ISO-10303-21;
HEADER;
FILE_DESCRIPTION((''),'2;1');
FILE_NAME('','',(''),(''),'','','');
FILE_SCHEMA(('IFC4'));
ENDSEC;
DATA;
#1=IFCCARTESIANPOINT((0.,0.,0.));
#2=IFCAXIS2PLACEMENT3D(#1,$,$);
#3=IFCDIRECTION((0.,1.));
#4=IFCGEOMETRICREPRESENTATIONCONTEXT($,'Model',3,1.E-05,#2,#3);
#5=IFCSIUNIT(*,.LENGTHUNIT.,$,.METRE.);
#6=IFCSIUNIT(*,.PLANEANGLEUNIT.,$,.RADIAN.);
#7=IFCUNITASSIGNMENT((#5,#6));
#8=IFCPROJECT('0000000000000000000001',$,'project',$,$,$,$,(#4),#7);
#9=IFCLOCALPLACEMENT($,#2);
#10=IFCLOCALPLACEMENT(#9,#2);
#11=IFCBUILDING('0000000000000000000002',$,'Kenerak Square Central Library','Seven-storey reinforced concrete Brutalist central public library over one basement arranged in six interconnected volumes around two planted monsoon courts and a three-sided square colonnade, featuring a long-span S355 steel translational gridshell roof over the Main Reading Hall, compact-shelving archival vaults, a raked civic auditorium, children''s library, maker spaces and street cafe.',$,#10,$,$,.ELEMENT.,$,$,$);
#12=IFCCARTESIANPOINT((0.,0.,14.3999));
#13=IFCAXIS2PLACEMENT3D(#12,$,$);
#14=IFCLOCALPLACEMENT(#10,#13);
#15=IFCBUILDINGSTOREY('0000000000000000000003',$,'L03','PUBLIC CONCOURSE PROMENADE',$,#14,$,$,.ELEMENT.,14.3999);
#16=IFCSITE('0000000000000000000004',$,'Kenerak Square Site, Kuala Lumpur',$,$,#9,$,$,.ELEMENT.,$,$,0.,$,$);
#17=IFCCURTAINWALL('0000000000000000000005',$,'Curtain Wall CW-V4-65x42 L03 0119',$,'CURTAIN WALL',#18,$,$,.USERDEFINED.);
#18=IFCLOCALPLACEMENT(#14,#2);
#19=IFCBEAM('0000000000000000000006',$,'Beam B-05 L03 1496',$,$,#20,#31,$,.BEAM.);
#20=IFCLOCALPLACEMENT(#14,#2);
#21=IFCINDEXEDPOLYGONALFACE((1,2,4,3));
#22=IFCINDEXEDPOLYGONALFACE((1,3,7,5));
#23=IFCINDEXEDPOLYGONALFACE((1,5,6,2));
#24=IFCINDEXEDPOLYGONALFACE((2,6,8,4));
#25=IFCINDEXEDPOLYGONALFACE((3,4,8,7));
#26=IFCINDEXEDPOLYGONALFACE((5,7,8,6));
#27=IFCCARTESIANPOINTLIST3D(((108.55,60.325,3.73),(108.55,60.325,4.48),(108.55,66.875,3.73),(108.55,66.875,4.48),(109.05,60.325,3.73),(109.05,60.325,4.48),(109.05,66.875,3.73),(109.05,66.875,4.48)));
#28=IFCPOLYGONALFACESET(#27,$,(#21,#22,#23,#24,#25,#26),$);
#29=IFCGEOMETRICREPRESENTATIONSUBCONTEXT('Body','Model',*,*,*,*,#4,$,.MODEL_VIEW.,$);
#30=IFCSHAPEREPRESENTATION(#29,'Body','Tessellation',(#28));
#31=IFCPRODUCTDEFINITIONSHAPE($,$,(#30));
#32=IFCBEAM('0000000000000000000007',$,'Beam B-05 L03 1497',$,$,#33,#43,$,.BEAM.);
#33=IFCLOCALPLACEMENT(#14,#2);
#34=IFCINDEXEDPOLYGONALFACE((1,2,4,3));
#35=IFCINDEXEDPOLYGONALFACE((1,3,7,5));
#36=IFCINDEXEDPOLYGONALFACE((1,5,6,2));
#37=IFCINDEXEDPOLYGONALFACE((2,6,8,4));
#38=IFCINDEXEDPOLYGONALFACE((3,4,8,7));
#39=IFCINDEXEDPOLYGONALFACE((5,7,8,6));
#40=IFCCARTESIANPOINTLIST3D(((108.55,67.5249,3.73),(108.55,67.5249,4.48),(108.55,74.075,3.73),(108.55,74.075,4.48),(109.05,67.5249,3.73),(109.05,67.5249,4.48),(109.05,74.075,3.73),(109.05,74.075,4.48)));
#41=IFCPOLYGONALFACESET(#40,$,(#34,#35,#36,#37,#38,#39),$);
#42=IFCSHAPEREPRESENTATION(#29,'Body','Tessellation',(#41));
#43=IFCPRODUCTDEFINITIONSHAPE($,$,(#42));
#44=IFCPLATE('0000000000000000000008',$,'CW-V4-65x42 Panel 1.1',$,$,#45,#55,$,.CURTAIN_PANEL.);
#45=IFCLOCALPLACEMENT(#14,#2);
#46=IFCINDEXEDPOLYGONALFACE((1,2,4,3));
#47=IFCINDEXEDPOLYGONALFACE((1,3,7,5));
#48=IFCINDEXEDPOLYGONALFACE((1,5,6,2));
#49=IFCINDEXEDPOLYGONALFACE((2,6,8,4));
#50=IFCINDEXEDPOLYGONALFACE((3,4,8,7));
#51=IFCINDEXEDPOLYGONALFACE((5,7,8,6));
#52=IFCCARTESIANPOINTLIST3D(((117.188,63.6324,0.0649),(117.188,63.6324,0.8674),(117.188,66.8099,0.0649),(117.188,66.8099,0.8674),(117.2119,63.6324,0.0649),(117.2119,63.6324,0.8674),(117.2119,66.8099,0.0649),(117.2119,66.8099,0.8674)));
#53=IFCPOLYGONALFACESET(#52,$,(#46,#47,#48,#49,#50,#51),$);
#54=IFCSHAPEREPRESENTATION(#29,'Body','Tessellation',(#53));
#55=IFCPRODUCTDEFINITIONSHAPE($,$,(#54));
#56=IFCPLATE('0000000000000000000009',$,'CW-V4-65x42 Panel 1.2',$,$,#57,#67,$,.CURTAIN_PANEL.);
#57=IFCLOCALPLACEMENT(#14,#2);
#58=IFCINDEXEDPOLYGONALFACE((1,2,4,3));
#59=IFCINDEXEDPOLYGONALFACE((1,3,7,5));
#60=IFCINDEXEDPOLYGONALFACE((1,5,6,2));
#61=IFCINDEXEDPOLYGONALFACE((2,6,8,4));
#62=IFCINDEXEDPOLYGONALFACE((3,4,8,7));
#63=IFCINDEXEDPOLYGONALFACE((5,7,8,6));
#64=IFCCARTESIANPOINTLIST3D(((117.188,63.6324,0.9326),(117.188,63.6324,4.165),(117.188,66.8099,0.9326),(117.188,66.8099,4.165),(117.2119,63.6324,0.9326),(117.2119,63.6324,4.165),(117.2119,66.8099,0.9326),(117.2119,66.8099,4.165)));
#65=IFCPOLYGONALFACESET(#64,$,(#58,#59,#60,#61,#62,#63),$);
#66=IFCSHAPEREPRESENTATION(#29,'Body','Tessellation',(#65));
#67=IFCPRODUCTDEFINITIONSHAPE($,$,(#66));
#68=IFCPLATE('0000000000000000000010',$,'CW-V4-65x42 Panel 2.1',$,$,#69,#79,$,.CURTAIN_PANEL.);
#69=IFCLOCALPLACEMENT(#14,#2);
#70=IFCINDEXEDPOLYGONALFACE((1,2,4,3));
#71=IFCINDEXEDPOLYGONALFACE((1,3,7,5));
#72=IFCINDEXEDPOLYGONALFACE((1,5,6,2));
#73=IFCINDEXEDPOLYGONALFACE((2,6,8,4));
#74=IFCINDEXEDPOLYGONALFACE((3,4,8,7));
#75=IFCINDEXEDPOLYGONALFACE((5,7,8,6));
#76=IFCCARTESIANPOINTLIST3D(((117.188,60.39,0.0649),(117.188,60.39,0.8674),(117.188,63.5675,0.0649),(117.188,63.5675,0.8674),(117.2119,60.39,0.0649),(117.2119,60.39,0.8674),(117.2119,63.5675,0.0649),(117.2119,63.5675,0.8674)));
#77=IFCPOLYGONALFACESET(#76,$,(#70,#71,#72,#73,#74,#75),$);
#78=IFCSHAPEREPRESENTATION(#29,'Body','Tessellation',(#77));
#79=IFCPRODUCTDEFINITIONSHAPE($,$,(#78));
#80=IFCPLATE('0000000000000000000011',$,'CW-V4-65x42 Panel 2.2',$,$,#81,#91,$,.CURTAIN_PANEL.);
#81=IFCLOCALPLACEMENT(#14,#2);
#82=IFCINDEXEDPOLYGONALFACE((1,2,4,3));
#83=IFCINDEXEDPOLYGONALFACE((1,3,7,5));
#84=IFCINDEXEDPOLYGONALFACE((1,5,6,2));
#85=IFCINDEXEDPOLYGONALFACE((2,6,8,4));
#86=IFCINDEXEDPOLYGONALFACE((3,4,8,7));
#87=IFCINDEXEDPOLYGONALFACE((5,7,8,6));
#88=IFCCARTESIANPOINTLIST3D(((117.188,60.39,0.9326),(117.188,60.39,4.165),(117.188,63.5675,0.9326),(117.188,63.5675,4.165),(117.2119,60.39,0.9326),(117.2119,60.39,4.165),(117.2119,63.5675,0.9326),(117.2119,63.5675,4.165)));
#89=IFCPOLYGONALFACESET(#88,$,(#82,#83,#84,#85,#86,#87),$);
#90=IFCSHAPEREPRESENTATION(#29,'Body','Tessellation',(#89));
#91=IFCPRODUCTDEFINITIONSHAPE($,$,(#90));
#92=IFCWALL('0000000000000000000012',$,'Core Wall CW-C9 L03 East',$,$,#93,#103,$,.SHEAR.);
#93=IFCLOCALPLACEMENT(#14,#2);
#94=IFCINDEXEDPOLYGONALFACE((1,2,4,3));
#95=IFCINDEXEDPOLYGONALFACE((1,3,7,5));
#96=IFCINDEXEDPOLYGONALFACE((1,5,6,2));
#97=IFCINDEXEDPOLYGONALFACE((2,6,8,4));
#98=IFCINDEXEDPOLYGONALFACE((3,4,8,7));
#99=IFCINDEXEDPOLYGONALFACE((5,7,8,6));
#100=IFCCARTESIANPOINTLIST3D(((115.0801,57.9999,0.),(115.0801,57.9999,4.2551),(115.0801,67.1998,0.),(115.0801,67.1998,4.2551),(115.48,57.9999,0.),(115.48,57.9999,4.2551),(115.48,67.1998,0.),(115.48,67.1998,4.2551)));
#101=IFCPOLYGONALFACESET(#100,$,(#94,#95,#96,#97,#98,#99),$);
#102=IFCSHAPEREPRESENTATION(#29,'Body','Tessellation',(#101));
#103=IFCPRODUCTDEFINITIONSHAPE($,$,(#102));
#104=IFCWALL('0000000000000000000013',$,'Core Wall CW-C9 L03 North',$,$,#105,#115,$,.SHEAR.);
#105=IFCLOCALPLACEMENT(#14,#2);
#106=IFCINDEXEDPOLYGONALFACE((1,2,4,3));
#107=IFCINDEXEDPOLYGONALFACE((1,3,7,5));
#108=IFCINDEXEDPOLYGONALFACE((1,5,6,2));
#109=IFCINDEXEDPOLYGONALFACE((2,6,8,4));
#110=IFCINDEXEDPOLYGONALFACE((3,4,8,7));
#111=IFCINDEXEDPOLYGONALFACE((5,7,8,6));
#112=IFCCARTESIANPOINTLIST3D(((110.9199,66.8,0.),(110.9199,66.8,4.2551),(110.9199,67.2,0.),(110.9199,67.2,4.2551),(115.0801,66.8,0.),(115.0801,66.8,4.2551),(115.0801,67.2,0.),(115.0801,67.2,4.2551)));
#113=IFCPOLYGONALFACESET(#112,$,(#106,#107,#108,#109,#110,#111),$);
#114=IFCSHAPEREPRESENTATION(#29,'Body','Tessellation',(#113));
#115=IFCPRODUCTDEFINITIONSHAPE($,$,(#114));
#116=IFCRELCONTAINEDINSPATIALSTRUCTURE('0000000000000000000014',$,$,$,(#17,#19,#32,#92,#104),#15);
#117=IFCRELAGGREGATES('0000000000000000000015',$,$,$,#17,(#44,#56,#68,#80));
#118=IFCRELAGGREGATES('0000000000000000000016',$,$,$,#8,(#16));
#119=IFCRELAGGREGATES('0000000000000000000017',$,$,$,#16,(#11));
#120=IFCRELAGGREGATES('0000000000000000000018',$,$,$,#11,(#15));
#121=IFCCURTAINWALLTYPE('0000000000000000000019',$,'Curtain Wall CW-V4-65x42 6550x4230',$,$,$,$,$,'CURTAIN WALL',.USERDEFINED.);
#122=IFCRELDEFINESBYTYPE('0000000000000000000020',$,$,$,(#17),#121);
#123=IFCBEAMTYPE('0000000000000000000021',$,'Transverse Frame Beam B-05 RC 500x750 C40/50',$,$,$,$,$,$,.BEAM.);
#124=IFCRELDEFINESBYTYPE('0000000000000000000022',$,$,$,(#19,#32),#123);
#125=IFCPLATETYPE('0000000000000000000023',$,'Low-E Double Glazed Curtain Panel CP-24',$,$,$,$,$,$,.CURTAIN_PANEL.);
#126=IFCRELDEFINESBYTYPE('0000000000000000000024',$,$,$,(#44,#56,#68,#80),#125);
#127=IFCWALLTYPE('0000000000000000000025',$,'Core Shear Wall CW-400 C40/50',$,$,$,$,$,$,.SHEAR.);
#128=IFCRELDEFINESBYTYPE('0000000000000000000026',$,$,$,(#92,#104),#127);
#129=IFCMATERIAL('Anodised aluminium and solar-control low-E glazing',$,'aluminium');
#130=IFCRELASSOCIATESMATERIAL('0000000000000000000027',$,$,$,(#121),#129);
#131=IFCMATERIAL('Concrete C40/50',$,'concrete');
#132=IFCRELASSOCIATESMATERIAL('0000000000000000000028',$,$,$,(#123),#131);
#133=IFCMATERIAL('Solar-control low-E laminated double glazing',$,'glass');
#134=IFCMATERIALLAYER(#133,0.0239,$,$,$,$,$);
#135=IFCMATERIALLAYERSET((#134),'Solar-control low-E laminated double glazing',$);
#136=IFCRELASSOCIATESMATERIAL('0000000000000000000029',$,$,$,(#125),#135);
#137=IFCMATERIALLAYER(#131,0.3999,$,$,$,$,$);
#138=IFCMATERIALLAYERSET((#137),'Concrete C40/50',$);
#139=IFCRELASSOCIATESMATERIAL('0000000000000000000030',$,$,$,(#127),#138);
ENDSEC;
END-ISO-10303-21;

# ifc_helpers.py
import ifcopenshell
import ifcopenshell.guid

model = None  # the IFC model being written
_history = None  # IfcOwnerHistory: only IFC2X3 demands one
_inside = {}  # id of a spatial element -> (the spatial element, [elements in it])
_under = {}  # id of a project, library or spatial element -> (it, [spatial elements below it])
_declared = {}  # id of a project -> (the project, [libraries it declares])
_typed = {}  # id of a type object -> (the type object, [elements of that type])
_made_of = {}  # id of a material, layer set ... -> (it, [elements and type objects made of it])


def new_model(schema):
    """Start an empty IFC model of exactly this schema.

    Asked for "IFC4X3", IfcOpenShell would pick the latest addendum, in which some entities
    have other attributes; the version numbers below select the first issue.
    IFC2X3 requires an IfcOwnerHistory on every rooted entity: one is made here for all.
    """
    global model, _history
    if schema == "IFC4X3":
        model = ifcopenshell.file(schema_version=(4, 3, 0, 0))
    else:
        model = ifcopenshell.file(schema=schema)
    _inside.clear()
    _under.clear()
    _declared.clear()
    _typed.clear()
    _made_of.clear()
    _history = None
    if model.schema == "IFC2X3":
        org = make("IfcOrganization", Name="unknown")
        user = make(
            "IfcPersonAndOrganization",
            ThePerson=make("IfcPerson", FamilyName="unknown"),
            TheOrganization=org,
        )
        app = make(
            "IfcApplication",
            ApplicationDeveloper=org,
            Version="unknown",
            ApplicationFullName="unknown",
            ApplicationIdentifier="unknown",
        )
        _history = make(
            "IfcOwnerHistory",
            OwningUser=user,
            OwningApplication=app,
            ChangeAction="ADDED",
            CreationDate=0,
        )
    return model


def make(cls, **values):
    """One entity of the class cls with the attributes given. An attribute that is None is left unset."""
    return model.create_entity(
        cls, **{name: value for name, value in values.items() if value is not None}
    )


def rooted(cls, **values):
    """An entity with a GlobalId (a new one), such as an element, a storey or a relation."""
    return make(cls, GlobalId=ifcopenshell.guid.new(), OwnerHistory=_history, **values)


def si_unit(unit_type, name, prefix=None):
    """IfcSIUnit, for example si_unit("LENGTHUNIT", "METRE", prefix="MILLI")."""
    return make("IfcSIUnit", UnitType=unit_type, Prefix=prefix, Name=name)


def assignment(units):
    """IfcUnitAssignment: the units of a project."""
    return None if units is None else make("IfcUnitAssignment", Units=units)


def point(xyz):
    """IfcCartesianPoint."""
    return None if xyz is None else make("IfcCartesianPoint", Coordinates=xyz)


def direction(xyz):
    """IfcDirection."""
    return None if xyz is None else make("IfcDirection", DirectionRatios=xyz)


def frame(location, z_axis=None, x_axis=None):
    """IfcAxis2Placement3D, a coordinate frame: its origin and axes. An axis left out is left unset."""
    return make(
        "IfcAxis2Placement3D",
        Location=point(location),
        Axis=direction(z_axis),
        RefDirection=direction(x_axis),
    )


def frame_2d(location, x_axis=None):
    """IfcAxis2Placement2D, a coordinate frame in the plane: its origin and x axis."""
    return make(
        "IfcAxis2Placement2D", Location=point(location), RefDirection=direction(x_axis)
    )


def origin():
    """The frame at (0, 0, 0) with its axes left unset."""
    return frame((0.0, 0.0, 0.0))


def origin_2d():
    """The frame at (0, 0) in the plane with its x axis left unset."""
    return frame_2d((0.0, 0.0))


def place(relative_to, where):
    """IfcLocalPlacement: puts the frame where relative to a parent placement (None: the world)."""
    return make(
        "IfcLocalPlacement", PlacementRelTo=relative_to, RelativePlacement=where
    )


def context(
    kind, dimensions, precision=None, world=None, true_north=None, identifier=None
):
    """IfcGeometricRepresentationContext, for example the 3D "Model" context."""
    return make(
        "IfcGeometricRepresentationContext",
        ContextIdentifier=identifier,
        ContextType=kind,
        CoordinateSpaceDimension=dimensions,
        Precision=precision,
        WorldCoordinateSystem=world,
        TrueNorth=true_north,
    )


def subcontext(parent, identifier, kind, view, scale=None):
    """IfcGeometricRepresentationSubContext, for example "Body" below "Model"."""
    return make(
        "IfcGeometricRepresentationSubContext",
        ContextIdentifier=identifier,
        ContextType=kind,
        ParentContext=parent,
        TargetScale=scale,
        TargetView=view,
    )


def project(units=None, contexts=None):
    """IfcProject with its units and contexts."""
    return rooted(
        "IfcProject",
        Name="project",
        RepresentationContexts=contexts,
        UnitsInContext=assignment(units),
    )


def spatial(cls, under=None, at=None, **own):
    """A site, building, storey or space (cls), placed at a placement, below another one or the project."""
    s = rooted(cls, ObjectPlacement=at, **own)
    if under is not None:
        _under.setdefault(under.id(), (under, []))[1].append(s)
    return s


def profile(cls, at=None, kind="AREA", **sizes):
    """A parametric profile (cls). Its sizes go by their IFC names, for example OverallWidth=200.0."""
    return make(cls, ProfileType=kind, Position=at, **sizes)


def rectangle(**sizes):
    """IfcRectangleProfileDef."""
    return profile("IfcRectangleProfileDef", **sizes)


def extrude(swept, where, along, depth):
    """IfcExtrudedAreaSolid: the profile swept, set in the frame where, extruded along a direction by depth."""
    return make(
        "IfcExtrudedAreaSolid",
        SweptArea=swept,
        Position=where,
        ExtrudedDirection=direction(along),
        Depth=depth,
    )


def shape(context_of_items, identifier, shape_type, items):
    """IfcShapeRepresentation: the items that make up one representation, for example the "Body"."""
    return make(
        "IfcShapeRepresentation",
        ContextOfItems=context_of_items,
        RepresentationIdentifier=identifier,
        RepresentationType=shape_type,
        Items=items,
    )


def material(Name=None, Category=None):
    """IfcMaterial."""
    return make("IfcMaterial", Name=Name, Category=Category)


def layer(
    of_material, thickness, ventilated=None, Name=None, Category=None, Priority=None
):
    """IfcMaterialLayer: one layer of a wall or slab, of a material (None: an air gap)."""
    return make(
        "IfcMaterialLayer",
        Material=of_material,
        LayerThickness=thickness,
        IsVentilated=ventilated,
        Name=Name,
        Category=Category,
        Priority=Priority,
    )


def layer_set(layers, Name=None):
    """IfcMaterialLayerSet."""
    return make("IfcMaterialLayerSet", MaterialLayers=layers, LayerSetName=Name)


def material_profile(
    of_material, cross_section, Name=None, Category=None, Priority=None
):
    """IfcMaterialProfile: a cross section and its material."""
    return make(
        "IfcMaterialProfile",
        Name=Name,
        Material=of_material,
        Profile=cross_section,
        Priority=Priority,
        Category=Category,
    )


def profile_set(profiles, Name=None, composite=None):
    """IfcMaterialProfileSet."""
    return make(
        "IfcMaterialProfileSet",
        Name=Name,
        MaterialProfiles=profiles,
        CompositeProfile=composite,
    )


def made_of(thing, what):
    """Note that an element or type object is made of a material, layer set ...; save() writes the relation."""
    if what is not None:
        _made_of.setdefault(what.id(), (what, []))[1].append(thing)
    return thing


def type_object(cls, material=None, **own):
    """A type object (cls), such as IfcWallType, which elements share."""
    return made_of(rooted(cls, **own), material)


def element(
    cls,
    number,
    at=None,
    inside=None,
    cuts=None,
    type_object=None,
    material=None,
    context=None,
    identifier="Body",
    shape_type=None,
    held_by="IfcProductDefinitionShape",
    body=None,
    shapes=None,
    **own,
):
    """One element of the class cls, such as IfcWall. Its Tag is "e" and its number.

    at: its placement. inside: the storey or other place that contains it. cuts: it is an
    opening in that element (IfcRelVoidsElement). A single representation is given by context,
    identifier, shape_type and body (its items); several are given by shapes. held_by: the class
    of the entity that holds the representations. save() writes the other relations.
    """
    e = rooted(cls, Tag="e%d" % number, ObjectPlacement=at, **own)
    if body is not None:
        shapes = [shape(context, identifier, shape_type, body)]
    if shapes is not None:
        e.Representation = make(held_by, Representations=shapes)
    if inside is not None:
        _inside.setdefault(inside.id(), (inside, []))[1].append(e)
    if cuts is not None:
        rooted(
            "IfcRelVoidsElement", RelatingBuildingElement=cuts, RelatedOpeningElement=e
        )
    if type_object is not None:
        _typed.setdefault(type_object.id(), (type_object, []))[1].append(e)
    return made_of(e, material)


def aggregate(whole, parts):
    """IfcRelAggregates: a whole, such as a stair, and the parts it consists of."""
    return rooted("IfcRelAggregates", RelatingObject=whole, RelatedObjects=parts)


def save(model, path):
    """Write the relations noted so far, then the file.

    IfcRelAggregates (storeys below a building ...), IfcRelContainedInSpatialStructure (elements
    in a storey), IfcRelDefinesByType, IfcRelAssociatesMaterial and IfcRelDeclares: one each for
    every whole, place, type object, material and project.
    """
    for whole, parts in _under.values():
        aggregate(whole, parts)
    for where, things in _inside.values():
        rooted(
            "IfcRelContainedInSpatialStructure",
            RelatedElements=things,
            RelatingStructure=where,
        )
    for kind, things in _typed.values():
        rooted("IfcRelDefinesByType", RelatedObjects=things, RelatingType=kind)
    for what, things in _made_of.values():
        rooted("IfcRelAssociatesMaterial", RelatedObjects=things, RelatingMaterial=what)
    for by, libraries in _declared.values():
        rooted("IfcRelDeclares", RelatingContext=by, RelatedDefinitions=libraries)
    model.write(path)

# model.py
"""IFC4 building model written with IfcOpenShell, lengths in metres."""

from ifc_helpers import new_model, si_unit, direction, frame, frame_2d, origin, origin_2d, place, context, subcontext, project, spatial, rectangle, extrude, material, layer, layer_set, material_profile, profile_set, type_object, element, aggregate, save


model = new_model("IFC4")

# Units and contexts
model_context = context("Model", 3, precision=1e-05, world=origin(), true_north=direction((0.0, 1.0)))
body_context = subcontext(model_context, "Body", "Model", "MODEL_VIEW")
ifc_project = project(units=[si_unit("LENGTHUNIT", "METRE"), si_unit("PLANEANGLEUNIT", "RADIAN")], contexts=[model_context])

# Site, building, storey
site_placement = place(None, origin())
site = spatial("IfcSite", under=ifc_project, at=site_placement, Name="Kenerak Square Site, Kuala Lumpur", CompositionType="ELEMENT", RefElevation=0.0)
building_placement = place(site_placement, origin())
building = spatial("IfcBuilding", under=site, at=building_placement, Name="Kenerak Square Central Library", Description="Seven-storey reinforced concrete Brutalist central public library over one basement arranged in six interconnected volumes around two planted monsoon courts and a three-sided square colonnade, featuring a long-span S355 steel translational gridshell roof over the Main Reading Hall, compact-shelving archival vaults, a raked civic auditorium, children's library, maker spaces and street cafe.", CompositionType="ELEMENT")
storey_placement = place(building_placement, frame((0.0, 0.0, 14.3999)))
storey = spatial("IfcBuildingStorey", under=building, at=storey_placement, Name="L03", Description="PUBLIC CONCOURSE PROMENADE", CompositionType="ELEMENT", Elevation=14.3999)

# Shared definitions
ifc_material_1 = material(Name="Concrete C40/50", Category="concrete")

# Curtain wall
ifc_material_2 = material(Name="Anodised aluminium and solar-control low-E glazing", Category="aluminium")
curtain_wall_type = type_object("IfcCurtainWallType", Name="Curtain Wall CW-V4-65x42 6550x4230", ElementType="CURTAIN WALL", PredefinedType="USERDEFINED", material=ifc_material_2)
curtain_wall_placement = place(storey_placement, origin())
curtain_wall = element("IfcCurtainWall", 1, at=curtain_wall_placement, inside=storey, type_object=curtain_wall_type, Name="Curtain Wall CW-V4-65x42 L03 0119", ObjectType="CURTAIN WALL", PredefinedType="USERDEFINED")

# Beams
ifc_material_profile_1 = material_profile(ifc_material_1, rectangle(XDim=0.5, YDim=0.75, at=origin_2d()), Name="RC 500x750")
ifc_profile_set_1 = profile_set([ifc_material_profile_1], Name="Concrete C40/50")
beam_type_1 = type_object("IfcBeamType", Name="Transverse Frame Beam B-05 RC 500x750 C40/50", PredefinedType="BEAM", material=ifc_profile_set_1)
for number, where, z_axis, x_axis, name in (
    (2, (108.8, 60.325, 4.105), (0.0, 1.0, 0.0), (-1.0, 0.0, 0.0), "Beam B-05 L03 1496"),
    (3, (108.8, 67.5249, 4.105), (0.0, 1.0, 0.0), (-1.0, 0.0, 0.0), "Beam B-05 L03 1497"),
):
    element("IfcBeam", number, at=place(storey_placement, frame(where, z_axis=z_axis, x_axis=x_axis)), inside=storey, type_object=beam_type_1, Name=name, PredefinedType="BEAM", context=body_context, shape_type="SweptSolid", body=[
        extrude(rectangle(XDim=0.5, YDim=0.75, at=origin_2d()), origin(), (0.0, 0.0, 1.0), 6.55),
    ])

# Plates
ifc_material_3 = material(Name="Solar-control low-E laminated double glazing", Category="glass")
ifc_layer_1 = layer(ifc_material_3, 0.0239)
ifc_layer_set_1 = layer_set([ifc_layer_1], Name="Solar-control low-E laminated double glazing")
plate_type = type_object("IfcPlateType", Name="Low-E Double Glazed Curtain Panel CP-24", PredefinedType="CURTAIN_PANEL", material=ifc_layer_set_1)
plate_1_placement = place(storey_placement, frame((117.2, 65.2212, 0.0649), z_axis=(0.0, 0.0, 1.0), x_axis=(0.0, -1.0, 0.0)))
plate_1 = element("IfcPlate", 4, at=plate_1_placement, type_object=plate_type, Name="CW-V4-65x42 Panel 1.1", PredefinedType="CURTAIN_PANEL", context=body_context, shape_type="SweptSolid", body=[
    extrude(rectangle(XDim=3.1775, YDim=0.0239, at=origin_2d()), origin(), (0.0, 0.0, 1.0), 0.8025),
])
plate_2_placement = place(storey_placement, frame((117.2, 65.2212, 0.9326), z_axis=(0.0, 0.0, 1.0), x_axis=(0.0, -1.0, 0.0)))
plate_2 = element("IfcPlate", 5, at=plate_2_placement, type_object=plate_type, Name="CW-V4-65x42 Panel 1.2", PredefinedType="CURTAIN_PANEL", context=body_context, shape_type="SweptSolid", body=[
    extrude(rectangle(XDim=3.1775, YDim=0.0239, at=origin_2d()), origin(), (0.0, 0.0, 1.0), 3.2324),
])
plate_3_placement = place(storey_placement, frame((117.2, 61.9788, 0.0649), z_axis=(0.0, 0.0, 1.0), x_axis=(0.0, -1.0, 0.0)))
plate_3 = element("IfcPlate", 6, at=plate_3_placement, type_object=plate_type, Name="CW-V4-65x42 Panel 2.1", PredefinedType="CURTAIN_PANEL", context=body_context, shape_type="SweptSolid", body=[
    extrude(rectangle(XDim=3.1775, YDim=0.0239, at=origin_2d()), origin(), (0.0, 0.0, 1.0), 0.8025),
])
plate_4_placement = place(storey_placement, frame((117.2, 61.9788, 0.9326), z_axis=(0.0, 0.0, 1.0), x_axis=(0.0, -1.0, 0.0)))
plate_4 = element("IfcPlate", 7, at=plate_4_placement, type_object=plate_type, Name="CW-V4-65x42 Panel 2.2", PredefinedType="CURTAIN_PANEL", context=body_context, shape_type="SweptSolid", body=[
    extrude(rectangle(XDim=3.1775, YDim=0.0239, at=origin_2d()), origin(), (0.0, 0.0, 1.0), 3.2324),
])
aggregate(curtain_wall, [plate_1, plate_2, plate_3, plate_4])

# Walls
ifc_layer_2 = layer(ifc_material_1, 0.3999)
ifc_layer_set_2 = layer_set([ifc_layer_2], Name="Concrete C40/50")
wall_type = type_object("IfcWallType", Name="Core Shear Wall CW-400 C40/50", PredefinedType="SHEAR", material=ifc_layer_set_2)
wall_1_placement = place(storey_placement, frame((115.28, 67.2, 0.0), z_axis=(0.0, 0.0, 1.0), x_axis=(0.0, -1.0, 0.0)))
element("IfcWall", 8, at=wall_1_placement, inside=storey, type_object=wall_type, Name="Core Wall CW-C9 L03 East", PredefinedType="SHEAR", context=body_context, shape_type="SweptSolid", body=[
    extrude(rectangle(XDim=9.2, YDim=0.3999, at=frame_2d((4.6001, 0.0))), origin(), (0.0, 0.0, 1.0), 4.2551),
])
wall_2_placement = place(storey_placement, frame((110.9199, 67.0, 0.0), z_axis=(0.0, 0.0, 1.0), x_axis=(1.0, 0.0, 0.0)))
element("IfcWall", 9, at=wall_2_placement, inside=storey, type_object=wall_type, Name="Core Wall CW-C9 L03 North", PredefinedType="SHEAR", context=body_context, shape_type="SweptSolid", body=[
    extrude(rectangle(XDim=4.1602, YDim=0.3999, at=frame_2d((2.0801, 0.0))), origin(), (0.0, 0.0, 1.0), 4.2551),
])

save(model, "model.ifc")
